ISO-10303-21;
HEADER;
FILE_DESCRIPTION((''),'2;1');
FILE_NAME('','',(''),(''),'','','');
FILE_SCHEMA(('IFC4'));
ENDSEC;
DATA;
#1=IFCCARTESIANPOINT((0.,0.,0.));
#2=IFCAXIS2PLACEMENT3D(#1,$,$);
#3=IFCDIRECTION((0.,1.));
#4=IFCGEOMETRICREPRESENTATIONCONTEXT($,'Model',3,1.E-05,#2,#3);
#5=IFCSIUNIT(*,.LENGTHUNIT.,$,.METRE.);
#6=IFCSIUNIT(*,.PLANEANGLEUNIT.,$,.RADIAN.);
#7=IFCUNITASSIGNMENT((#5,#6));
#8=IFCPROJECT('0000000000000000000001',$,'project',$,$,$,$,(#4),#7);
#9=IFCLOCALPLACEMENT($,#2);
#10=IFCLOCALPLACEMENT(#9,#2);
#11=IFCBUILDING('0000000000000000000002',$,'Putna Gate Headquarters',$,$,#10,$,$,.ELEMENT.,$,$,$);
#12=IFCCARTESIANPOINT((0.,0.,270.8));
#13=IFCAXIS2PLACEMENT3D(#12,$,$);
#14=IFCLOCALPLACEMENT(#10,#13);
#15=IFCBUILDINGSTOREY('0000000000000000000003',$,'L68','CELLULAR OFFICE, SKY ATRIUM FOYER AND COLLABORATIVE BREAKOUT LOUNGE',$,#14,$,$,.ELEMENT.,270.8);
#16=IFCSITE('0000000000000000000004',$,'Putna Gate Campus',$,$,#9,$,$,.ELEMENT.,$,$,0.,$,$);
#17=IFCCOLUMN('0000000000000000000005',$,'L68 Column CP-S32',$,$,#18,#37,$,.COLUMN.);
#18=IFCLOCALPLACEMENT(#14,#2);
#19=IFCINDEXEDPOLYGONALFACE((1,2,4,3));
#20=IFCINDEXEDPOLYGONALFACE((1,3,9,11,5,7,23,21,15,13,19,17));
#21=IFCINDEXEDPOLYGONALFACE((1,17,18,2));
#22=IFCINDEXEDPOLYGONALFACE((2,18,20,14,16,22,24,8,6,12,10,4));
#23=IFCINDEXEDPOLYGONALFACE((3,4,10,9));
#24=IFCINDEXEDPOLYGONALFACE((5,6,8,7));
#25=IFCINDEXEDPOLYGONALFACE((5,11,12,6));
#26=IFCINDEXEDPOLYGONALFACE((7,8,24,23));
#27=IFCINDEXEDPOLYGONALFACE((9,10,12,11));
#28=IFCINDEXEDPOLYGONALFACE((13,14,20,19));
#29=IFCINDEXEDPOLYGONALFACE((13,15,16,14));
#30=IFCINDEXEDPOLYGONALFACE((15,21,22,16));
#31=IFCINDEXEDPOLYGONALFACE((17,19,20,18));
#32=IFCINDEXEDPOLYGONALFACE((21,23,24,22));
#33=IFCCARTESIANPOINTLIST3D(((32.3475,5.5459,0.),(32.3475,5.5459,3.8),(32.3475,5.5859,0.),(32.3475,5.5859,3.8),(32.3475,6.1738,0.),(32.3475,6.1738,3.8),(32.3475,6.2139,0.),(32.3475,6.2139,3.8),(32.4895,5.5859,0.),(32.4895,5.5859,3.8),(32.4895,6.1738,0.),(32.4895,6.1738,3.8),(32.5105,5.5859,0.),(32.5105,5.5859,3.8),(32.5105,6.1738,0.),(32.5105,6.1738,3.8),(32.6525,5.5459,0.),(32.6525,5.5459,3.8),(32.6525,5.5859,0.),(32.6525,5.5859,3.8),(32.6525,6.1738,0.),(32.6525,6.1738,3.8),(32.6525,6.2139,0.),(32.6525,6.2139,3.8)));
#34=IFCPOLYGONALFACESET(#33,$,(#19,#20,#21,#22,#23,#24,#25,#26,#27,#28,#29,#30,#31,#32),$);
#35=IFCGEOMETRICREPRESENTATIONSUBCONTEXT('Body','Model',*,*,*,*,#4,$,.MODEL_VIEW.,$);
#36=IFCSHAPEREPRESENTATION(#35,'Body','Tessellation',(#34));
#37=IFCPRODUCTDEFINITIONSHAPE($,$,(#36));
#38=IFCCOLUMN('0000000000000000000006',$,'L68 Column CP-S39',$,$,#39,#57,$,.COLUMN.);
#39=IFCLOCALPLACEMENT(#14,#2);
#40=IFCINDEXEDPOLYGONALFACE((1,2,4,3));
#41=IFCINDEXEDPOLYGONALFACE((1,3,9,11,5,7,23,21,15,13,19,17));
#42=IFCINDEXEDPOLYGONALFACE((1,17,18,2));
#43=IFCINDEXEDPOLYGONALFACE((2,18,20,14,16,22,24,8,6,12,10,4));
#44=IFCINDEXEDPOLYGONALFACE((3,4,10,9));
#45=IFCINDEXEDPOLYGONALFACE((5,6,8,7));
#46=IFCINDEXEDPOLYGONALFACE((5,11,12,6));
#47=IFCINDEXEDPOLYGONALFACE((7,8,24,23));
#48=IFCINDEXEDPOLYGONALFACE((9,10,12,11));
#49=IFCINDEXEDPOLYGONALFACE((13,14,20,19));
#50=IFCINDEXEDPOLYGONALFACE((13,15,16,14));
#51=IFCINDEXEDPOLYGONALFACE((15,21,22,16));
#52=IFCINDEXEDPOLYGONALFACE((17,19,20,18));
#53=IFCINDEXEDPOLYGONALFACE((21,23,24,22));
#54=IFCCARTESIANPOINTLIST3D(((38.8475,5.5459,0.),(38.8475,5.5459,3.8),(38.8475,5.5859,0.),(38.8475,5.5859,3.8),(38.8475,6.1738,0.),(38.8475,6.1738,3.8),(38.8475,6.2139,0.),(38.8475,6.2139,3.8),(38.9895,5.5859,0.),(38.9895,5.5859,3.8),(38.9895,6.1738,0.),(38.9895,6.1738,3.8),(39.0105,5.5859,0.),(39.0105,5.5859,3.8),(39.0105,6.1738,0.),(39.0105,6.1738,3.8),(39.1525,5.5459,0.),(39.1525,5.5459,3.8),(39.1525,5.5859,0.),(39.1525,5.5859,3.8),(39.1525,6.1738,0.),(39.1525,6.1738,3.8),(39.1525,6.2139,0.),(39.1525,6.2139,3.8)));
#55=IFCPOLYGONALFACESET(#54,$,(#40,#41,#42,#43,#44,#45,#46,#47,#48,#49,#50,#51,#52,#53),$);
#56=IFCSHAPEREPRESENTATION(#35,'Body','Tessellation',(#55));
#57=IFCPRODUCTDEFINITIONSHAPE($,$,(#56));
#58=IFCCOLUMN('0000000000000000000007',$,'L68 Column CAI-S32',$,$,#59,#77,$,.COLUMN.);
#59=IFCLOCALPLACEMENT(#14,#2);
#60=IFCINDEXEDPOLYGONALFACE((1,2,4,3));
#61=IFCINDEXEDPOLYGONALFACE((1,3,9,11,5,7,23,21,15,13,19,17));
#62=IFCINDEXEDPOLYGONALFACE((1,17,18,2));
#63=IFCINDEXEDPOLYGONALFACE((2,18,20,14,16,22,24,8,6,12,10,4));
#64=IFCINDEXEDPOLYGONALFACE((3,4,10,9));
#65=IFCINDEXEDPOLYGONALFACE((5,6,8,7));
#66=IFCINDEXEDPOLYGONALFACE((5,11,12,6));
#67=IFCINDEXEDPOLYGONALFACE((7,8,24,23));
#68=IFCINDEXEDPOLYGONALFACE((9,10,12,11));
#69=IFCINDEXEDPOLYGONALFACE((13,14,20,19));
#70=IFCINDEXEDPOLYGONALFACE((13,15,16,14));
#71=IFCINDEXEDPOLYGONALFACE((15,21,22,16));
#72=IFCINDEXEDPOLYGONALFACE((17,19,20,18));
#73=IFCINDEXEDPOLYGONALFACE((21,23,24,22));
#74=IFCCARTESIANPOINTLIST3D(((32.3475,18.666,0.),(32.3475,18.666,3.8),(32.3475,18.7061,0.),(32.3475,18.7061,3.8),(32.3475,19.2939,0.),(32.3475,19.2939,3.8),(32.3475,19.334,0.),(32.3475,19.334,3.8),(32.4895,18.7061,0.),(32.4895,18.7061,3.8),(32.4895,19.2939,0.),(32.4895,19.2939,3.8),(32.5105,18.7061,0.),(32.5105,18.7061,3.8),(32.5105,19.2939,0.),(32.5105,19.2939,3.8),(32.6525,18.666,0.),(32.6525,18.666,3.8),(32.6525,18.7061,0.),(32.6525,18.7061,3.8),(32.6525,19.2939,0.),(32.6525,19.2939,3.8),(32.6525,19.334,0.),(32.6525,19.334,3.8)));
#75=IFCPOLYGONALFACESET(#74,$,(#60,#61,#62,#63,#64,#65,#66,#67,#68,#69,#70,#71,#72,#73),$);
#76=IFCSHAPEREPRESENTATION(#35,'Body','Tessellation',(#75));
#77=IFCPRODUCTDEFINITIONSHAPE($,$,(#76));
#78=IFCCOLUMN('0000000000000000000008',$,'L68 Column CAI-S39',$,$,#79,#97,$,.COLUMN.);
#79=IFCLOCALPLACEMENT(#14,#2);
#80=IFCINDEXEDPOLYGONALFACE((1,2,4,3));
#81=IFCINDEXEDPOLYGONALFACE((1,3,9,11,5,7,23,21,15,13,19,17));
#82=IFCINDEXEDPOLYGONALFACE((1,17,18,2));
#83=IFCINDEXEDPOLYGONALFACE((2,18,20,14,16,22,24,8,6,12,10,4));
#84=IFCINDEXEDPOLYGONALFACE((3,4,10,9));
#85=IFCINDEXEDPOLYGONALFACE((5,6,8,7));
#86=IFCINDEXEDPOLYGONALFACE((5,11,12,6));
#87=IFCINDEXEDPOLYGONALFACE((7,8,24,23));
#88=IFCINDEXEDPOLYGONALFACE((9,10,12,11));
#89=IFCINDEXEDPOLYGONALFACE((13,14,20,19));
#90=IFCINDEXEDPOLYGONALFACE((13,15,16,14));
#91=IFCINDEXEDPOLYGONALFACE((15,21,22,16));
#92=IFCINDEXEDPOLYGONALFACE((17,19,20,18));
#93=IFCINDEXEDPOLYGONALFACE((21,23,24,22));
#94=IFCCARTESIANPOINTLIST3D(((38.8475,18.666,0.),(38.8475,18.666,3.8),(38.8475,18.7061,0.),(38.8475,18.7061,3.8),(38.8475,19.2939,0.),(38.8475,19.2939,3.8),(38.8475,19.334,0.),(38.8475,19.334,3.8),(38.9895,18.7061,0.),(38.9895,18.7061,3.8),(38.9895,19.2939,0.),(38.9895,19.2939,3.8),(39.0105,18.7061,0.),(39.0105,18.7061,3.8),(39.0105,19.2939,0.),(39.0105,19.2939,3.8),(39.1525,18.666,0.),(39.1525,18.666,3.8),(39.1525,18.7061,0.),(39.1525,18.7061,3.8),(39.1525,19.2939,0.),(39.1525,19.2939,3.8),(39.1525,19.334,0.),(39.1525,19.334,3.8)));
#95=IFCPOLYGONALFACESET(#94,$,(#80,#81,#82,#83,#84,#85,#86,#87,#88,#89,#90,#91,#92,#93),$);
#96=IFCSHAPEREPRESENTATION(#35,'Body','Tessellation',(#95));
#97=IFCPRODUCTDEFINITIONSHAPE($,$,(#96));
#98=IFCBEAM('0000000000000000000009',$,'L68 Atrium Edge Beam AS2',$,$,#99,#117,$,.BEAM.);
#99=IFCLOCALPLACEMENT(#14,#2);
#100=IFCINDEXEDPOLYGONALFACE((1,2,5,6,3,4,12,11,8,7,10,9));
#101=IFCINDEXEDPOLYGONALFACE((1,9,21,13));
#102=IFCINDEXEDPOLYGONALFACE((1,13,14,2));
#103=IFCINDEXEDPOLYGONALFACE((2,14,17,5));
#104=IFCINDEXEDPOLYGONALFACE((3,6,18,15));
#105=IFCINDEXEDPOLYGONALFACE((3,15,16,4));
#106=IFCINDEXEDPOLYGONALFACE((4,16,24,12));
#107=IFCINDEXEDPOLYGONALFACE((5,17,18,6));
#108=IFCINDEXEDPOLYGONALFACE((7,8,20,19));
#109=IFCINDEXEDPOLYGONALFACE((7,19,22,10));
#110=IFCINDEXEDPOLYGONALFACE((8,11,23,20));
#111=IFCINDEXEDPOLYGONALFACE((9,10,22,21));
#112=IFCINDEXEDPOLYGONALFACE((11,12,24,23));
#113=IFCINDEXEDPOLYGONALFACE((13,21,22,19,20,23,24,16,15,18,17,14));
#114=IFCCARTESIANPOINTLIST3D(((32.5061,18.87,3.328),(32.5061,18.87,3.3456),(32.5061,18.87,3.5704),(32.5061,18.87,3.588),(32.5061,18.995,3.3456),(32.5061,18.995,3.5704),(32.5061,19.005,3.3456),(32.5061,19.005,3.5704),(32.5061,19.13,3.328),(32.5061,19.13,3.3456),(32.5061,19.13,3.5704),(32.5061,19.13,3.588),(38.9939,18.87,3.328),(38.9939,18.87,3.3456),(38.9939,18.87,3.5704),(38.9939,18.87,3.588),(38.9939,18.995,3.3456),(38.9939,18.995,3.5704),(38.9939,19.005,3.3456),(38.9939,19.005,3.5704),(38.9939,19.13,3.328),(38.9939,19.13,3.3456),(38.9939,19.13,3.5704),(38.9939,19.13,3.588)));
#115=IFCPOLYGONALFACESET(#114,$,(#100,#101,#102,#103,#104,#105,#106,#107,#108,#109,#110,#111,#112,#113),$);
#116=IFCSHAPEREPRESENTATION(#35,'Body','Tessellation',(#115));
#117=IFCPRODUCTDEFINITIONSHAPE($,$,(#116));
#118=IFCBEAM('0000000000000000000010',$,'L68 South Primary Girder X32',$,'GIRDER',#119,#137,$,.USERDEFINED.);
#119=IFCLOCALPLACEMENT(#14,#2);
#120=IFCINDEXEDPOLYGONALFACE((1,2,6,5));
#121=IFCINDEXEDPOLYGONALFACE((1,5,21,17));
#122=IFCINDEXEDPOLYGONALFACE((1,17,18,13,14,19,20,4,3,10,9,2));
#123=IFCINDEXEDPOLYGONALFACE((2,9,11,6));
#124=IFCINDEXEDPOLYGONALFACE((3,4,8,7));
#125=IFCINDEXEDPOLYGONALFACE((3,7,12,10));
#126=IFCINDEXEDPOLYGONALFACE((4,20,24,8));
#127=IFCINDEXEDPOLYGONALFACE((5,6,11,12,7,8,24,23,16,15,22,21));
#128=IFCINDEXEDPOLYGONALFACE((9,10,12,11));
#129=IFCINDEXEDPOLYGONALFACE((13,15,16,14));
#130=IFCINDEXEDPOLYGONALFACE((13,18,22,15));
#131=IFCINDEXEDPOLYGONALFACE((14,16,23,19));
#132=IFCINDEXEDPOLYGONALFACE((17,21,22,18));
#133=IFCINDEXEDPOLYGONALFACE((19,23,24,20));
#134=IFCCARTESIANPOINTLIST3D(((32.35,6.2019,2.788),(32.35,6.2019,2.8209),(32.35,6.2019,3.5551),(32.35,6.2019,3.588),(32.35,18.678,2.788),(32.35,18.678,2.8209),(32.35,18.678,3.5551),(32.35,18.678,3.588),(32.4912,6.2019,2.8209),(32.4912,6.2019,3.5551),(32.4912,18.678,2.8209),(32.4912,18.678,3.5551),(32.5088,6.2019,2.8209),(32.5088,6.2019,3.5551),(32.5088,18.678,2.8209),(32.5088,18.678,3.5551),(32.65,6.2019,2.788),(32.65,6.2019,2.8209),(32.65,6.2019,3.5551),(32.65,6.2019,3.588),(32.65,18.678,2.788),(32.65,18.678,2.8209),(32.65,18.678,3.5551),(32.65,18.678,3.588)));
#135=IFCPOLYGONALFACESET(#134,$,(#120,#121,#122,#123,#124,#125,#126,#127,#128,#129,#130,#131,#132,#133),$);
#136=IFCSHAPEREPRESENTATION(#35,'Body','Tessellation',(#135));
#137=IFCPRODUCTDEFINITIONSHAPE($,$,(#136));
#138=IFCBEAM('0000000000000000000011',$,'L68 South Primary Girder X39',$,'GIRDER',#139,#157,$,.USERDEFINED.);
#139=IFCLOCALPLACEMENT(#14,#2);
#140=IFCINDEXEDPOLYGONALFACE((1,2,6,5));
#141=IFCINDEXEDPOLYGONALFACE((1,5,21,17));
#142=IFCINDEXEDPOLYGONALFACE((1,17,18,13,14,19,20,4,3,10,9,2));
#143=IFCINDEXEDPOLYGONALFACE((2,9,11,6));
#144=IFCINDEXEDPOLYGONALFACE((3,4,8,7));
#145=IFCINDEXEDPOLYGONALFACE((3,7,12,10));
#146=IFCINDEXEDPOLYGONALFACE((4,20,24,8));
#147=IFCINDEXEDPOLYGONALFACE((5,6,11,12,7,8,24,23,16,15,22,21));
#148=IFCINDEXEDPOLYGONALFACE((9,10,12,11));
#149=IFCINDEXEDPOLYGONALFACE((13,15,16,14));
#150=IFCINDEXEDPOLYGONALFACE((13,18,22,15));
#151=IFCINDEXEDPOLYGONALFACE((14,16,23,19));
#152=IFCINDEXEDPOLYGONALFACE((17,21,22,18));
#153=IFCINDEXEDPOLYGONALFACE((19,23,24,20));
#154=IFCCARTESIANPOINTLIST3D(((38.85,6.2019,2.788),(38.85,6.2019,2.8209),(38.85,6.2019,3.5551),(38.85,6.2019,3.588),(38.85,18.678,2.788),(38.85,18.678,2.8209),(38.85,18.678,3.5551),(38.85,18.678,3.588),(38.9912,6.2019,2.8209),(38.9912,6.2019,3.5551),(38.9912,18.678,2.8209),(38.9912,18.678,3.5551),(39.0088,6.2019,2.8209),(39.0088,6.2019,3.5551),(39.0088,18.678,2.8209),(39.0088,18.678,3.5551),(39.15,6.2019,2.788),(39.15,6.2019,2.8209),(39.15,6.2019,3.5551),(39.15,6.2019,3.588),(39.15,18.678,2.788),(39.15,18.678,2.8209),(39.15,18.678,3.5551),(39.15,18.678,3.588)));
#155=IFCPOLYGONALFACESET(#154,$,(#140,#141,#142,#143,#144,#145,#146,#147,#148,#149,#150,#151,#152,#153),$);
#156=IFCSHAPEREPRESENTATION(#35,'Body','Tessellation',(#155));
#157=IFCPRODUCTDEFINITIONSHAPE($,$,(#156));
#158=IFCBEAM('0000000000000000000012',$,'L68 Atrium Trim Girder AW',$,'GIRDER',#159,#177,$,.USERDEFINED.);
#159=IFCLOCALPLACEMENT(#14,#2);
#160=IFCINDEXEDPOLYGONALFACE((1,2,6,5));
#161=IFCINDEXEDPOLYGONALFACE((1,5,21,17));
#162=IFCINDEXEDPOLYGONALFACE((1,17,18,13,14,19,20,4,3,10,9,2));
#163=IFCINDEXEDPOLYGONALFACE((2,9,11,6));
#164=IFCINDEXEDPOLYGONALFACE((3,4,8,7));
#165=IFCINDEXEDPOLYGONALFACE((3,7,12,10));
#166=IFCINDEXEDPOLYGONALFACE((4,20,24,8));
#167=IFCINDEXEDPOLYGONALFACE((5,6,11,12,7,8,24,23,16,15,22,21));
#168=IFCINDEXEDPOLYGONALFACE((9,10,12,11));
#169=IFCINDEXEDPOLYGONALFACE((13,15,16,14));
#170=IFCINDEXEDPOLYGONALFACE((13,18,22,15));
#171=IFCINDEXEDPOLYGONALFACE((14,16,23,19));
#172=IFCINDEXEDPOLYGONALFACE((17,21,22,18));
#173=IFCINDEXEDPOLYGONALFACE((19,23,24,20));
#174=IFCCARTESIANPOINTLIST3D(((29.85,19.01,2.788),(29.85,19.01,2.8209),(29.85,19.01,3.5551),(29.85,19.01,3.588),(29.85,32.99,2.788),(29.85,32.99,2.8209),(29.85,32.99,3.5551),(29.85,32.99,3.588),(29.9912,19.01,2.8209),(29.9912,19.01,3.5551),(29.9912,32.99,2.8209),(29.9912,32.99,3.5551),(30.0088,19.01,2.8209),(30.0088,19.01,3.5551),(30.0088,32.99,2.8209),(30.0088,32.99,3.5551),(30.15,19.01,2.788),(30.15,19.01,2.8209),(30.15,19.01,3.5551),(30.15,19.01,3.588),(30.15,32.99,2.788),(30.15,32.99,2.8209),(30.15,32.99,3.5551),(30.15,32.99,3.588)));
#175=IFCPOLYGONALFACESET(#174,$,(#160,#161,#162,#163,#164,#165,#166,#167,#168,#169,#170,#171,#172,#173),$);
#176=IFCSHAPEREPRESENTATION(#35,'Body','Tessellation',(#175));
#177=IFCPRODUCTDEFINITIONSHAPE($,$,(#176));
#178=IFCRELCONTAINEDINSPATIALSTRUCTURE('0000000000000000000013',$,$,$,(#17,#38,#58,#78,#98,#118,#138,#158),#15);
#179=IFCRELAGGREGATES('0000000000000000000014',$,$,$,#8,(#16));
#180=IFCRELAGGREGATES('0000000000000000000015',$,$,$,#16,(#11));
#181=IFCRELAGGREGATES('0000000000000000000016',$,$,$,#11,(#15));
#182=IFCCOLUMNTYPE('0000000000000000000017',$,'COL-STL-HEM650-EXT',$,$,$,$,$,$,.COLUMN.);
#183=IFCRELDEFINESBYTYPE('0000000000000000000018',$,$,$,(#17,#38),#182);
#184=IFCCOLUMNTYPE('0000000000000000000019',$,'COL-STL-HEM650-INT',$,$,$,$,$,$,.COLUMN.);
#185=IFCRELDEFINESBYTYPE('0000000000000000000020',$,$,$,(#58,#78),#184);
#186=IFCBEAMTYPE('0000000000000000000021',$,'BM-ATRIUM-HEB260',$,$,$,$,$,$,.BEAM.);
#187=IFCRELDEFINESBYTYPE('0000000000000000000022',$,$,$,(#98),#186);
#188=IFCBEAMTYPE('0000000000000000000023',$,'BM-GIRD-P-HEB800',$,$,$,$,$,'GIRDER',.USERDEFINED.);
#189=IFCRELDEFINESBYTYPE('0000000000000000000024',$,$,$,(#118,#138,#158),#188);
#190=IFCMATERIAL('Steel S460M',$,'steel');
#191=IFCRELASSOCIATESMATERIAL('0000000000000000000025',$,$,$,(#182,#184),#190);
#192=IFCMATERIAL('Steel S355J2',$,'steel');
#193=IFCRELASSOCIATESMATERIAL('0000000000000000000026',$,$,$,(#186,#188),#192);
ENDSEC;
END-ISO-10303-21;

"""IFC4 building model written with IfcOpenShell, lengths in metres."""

from ifc_helpers import new_model, si_unit, direction, frame, origin, origin_2d, place, context, subcontext, project, spatial, i_section, extrude, material, material_profile, profile_set, type_object, element, save


model = new_model("IFC4")

# Units and contexts
model_context = context("Model", 3, precision=1e-05, world=origin(), true_north=direction((0.0, 1.0)))
body_context = subcontext(model_context, "Body", "Model", "MODEL_VIEW")
ifc_project = project(units=[si_unit("LENGTHUNIT", "METRE"), si_unit("PLANEANGLEUNIT", "RADIAN")], contexts=[model_context])

# Site, building, storey
site_placement = place(None, origin())
site = spatial("IfcSite", under=ifc_project, at=site_placement, Name="Putna Gate Campus", CompositionType="ELEMENT", RefElevation=0.0)
building_placement = place(site_placement, origin())
building = spatial("IfcBuilding", under=site, at=building_placement, Name="Putna Gate Headquarters", CompositionType="ELEMENT")
storey_placement = place(building_placement, frame((0.0, 0.0, 270.8)))
storey = spatial("IfcBuildingStorey", under=building, at=storey_placement, Name="L68", Description="CELLULAR OFFICE, SKY ATRIUM FOYER AND COLLABORATIVE BREAKOUT LOUNGE", CompositionType="ELEMENT", Elevation=270.8)

# Columns
ifc_material_1 = material(Name="Steel S460M", Category="steel")
ifc_material_profile_1 = material_profile(ifc_material_1, i_section(OverallWidth=0.3049, OverallDepth=0.668, WebThickness=0.021, FlangeThickness=0.04, at=origin_2d()), Name="Steel S460M")
ifc_profile_set_1 = profile_set([ifc_material_profile_1], Name="Steel S460M")
column_type_1 = type_object("IfcColumnType", Name="COL-STL-HEM650-EXT", PredefinedType="COLUMN", material=ifc_profile_set_1)
for number, where, z_axis, x_axis, name in (
    (1, (32.5, 5.8799, 0.0), (0.0, 0.0, 1.0), (1.0, 0.0, 0.0), "L68 Column CP-S32"),
    (2, (39.0, 5.8799, 0.0), (0.0, 0.0, 1.0), (1.0, 0.0, 0.0), "L68 Column CP-S39"),
):
    element("IfcColumn", number, at=place(storey_placement, frame(where, z_axis=z_axis, x_axis=x_axis)), inside=storey, type_object=column_type_1, Name=name, PredefinedType="COLUMN", context=body_context, shape_type="SweptSolid", body=[
        extrude(i_section(OverallWidth=0.3049, OverallDepth=0.668, WebThickness=0.021, FlangeThickness=0.04, at=origin_2d()), origin(), (0.0, 0.0, 1.0), 3.8),
    ])
ifc_material_profile_2 = material_profile(ifc_material_1, i_section(OverallWidth=0.3049, OverallDepth=0.668, WebThickness=0.021, FlangeThickness=0.04, at=origin_2d()), Name="Steel S460M")
ifc_profile_set_2 = profile_set([ifc_material_profile_2], Name="Steel S460M")
column_type_2 = type_object("IfcColumnType", Name="COL-STL-HEM650-INT", PredefinedType="COLUMN", material=ifc_profile_set_2)
for number, where, z_axis, x_axis, name in (
    (3, (32.5, 19.0, 0.0), (0.0, 0.0, 1.0), (1.0, 0.0, 0.0), "L68 Column CAI-S32"),
    (4, (39.0, 19.0, 0.0), (0.0, 0.0, 1.0), (1.0, 0.0, 0.0), "L68 Column CAI-S39"),
):
    element("IfcColumn", number, at=place(storey_placement, frame(where, z_axis=z_axis, x_axis=x_axis)), inside=storey, type_object=column_type_2, Name=name, PredefinedType="COLUMN", context=body_context, shape_type="SweptSolid", body=[
        extrude(i_section(OverallWidth=0.3049, OverallDepth=0.668, WebThickness=0.021, FlangeThickness=0.04, at=origin_2d()), origin(), (0.0, 0.0, 1.0), 3.8),
    ])

# Beams
ifc_material_2 = material(Name="Steel S355J2", Category="steel")
ifc_material_profile_3 = material_profile(ifc_material_2, i_section(OverallWidth=0.26, OverallDepth=0.26, WebThickness=0.01, FlangeThickness=0.0176, at=origin_2d()), Name="Steel S355J2")
ifc_profile_set_3 = profile_set([ifc_material_profile_3], Name="Steel S355J2")
beam_type_1 = type_object("IfcBeamType", Name="BM-ATRIUM-HEB260", PredefinedType="BEAM", material=ifc_profile_set_3)
beam_1_placement = place(storey_placement, frame((32.5061, 19.0, 3.458), z_axis=(1.0, 0.0, 0.0), x_axis=(0.0, 1.0, 0.0)))
element("IfcBeam", 5, at=beam_1_placement, inside=storey, type_object=beam_type_1, Name="L68 Atrium Edge Beam AS2", PredefinedType="BEAM", context=body_context, shape_type="SweptSolid", body=[
    extrude(i_section(OverallWidth=0.26, OverallDepth=0.26, WebThickness=0.01, FlangeThickness=0.0176, at=origin_2d()), origin(), (0.0, 0.0, 1.0), 6.4878),
])
ifc_material_profile_4 = material_profile(ifc_material_2, i_section(OverallWidth=0.3, OverallDepth=0.8, WebThickness=0.0176, FlangeThickness=0.033, at=origin_2d()), Name="Steel S355J2")
ifc_profile_set_4 = profile_set([ifc_material_profile_4], Name="Steel S355J2")
beam_type_2 = type_object("IfcBeamType", Name="BM-GIRD-P-HEB800", ElementType="GIRDER", PredefinedType="USERDEFINED", material=ifc_profile_set_4)
for number, where, z_axis, x_axis, name in (
    (6, (32.5, 6.2019, 3.188), (0.0, 1.0, 0.0), (-1.0, 0.0, 0.0), "L68 South Primary Girder X32"),
    (7, (39.0, 6.2019, 3.188), (0.0, 1.0, 0.0), (-1.0, 0.0, 0.0), "L68 South Primary Girder X39"),
):
    element("IfcBeam", number, at=place(storey_placement, frame(where, z_axis=z_axis, x_axis=x_axis)), inside=storey, type_object=beam_type_2, Name=name, ObjectType="GIRDER", PredefinedType="USERDEFINED", context=body_context, shape_type="SweptSolid", body=[
        extrude(i_section(OverallWidth=0.3, OverallDepth=0.8, WebThickness=0.0176, FlangeThickness=0.033, at=origin_2d()), origin(), (0.0, 0.0, 1.0), 12.4761),
    ])
beam_2_placement = place(storey_placement, frame((30.0, 19.01, 3.188), z_axis=(0.0, 1.0, 0.0), x_axis=(-1.0, 0.0, 0.0)))
element("IfcBeam", 8, at=beam_2_placement, inside=storey, type_object=beam_type_2, Name="L68 Atrium Trim Girder AW", ObjectType="GIRDER", PredefinedType="USERDEFINED", context=body_context, shape_type="SweptSolid", body=[
    extrude(i_section(OverallWidth=0.3, OverallDepth=0.8, WebThickness=0.0176, FlangeThickness=0.033, at=origin_2d()), origin(), (0.0, 0.0, 1.0), 13.98),
])

save(model, "model.ifc")
